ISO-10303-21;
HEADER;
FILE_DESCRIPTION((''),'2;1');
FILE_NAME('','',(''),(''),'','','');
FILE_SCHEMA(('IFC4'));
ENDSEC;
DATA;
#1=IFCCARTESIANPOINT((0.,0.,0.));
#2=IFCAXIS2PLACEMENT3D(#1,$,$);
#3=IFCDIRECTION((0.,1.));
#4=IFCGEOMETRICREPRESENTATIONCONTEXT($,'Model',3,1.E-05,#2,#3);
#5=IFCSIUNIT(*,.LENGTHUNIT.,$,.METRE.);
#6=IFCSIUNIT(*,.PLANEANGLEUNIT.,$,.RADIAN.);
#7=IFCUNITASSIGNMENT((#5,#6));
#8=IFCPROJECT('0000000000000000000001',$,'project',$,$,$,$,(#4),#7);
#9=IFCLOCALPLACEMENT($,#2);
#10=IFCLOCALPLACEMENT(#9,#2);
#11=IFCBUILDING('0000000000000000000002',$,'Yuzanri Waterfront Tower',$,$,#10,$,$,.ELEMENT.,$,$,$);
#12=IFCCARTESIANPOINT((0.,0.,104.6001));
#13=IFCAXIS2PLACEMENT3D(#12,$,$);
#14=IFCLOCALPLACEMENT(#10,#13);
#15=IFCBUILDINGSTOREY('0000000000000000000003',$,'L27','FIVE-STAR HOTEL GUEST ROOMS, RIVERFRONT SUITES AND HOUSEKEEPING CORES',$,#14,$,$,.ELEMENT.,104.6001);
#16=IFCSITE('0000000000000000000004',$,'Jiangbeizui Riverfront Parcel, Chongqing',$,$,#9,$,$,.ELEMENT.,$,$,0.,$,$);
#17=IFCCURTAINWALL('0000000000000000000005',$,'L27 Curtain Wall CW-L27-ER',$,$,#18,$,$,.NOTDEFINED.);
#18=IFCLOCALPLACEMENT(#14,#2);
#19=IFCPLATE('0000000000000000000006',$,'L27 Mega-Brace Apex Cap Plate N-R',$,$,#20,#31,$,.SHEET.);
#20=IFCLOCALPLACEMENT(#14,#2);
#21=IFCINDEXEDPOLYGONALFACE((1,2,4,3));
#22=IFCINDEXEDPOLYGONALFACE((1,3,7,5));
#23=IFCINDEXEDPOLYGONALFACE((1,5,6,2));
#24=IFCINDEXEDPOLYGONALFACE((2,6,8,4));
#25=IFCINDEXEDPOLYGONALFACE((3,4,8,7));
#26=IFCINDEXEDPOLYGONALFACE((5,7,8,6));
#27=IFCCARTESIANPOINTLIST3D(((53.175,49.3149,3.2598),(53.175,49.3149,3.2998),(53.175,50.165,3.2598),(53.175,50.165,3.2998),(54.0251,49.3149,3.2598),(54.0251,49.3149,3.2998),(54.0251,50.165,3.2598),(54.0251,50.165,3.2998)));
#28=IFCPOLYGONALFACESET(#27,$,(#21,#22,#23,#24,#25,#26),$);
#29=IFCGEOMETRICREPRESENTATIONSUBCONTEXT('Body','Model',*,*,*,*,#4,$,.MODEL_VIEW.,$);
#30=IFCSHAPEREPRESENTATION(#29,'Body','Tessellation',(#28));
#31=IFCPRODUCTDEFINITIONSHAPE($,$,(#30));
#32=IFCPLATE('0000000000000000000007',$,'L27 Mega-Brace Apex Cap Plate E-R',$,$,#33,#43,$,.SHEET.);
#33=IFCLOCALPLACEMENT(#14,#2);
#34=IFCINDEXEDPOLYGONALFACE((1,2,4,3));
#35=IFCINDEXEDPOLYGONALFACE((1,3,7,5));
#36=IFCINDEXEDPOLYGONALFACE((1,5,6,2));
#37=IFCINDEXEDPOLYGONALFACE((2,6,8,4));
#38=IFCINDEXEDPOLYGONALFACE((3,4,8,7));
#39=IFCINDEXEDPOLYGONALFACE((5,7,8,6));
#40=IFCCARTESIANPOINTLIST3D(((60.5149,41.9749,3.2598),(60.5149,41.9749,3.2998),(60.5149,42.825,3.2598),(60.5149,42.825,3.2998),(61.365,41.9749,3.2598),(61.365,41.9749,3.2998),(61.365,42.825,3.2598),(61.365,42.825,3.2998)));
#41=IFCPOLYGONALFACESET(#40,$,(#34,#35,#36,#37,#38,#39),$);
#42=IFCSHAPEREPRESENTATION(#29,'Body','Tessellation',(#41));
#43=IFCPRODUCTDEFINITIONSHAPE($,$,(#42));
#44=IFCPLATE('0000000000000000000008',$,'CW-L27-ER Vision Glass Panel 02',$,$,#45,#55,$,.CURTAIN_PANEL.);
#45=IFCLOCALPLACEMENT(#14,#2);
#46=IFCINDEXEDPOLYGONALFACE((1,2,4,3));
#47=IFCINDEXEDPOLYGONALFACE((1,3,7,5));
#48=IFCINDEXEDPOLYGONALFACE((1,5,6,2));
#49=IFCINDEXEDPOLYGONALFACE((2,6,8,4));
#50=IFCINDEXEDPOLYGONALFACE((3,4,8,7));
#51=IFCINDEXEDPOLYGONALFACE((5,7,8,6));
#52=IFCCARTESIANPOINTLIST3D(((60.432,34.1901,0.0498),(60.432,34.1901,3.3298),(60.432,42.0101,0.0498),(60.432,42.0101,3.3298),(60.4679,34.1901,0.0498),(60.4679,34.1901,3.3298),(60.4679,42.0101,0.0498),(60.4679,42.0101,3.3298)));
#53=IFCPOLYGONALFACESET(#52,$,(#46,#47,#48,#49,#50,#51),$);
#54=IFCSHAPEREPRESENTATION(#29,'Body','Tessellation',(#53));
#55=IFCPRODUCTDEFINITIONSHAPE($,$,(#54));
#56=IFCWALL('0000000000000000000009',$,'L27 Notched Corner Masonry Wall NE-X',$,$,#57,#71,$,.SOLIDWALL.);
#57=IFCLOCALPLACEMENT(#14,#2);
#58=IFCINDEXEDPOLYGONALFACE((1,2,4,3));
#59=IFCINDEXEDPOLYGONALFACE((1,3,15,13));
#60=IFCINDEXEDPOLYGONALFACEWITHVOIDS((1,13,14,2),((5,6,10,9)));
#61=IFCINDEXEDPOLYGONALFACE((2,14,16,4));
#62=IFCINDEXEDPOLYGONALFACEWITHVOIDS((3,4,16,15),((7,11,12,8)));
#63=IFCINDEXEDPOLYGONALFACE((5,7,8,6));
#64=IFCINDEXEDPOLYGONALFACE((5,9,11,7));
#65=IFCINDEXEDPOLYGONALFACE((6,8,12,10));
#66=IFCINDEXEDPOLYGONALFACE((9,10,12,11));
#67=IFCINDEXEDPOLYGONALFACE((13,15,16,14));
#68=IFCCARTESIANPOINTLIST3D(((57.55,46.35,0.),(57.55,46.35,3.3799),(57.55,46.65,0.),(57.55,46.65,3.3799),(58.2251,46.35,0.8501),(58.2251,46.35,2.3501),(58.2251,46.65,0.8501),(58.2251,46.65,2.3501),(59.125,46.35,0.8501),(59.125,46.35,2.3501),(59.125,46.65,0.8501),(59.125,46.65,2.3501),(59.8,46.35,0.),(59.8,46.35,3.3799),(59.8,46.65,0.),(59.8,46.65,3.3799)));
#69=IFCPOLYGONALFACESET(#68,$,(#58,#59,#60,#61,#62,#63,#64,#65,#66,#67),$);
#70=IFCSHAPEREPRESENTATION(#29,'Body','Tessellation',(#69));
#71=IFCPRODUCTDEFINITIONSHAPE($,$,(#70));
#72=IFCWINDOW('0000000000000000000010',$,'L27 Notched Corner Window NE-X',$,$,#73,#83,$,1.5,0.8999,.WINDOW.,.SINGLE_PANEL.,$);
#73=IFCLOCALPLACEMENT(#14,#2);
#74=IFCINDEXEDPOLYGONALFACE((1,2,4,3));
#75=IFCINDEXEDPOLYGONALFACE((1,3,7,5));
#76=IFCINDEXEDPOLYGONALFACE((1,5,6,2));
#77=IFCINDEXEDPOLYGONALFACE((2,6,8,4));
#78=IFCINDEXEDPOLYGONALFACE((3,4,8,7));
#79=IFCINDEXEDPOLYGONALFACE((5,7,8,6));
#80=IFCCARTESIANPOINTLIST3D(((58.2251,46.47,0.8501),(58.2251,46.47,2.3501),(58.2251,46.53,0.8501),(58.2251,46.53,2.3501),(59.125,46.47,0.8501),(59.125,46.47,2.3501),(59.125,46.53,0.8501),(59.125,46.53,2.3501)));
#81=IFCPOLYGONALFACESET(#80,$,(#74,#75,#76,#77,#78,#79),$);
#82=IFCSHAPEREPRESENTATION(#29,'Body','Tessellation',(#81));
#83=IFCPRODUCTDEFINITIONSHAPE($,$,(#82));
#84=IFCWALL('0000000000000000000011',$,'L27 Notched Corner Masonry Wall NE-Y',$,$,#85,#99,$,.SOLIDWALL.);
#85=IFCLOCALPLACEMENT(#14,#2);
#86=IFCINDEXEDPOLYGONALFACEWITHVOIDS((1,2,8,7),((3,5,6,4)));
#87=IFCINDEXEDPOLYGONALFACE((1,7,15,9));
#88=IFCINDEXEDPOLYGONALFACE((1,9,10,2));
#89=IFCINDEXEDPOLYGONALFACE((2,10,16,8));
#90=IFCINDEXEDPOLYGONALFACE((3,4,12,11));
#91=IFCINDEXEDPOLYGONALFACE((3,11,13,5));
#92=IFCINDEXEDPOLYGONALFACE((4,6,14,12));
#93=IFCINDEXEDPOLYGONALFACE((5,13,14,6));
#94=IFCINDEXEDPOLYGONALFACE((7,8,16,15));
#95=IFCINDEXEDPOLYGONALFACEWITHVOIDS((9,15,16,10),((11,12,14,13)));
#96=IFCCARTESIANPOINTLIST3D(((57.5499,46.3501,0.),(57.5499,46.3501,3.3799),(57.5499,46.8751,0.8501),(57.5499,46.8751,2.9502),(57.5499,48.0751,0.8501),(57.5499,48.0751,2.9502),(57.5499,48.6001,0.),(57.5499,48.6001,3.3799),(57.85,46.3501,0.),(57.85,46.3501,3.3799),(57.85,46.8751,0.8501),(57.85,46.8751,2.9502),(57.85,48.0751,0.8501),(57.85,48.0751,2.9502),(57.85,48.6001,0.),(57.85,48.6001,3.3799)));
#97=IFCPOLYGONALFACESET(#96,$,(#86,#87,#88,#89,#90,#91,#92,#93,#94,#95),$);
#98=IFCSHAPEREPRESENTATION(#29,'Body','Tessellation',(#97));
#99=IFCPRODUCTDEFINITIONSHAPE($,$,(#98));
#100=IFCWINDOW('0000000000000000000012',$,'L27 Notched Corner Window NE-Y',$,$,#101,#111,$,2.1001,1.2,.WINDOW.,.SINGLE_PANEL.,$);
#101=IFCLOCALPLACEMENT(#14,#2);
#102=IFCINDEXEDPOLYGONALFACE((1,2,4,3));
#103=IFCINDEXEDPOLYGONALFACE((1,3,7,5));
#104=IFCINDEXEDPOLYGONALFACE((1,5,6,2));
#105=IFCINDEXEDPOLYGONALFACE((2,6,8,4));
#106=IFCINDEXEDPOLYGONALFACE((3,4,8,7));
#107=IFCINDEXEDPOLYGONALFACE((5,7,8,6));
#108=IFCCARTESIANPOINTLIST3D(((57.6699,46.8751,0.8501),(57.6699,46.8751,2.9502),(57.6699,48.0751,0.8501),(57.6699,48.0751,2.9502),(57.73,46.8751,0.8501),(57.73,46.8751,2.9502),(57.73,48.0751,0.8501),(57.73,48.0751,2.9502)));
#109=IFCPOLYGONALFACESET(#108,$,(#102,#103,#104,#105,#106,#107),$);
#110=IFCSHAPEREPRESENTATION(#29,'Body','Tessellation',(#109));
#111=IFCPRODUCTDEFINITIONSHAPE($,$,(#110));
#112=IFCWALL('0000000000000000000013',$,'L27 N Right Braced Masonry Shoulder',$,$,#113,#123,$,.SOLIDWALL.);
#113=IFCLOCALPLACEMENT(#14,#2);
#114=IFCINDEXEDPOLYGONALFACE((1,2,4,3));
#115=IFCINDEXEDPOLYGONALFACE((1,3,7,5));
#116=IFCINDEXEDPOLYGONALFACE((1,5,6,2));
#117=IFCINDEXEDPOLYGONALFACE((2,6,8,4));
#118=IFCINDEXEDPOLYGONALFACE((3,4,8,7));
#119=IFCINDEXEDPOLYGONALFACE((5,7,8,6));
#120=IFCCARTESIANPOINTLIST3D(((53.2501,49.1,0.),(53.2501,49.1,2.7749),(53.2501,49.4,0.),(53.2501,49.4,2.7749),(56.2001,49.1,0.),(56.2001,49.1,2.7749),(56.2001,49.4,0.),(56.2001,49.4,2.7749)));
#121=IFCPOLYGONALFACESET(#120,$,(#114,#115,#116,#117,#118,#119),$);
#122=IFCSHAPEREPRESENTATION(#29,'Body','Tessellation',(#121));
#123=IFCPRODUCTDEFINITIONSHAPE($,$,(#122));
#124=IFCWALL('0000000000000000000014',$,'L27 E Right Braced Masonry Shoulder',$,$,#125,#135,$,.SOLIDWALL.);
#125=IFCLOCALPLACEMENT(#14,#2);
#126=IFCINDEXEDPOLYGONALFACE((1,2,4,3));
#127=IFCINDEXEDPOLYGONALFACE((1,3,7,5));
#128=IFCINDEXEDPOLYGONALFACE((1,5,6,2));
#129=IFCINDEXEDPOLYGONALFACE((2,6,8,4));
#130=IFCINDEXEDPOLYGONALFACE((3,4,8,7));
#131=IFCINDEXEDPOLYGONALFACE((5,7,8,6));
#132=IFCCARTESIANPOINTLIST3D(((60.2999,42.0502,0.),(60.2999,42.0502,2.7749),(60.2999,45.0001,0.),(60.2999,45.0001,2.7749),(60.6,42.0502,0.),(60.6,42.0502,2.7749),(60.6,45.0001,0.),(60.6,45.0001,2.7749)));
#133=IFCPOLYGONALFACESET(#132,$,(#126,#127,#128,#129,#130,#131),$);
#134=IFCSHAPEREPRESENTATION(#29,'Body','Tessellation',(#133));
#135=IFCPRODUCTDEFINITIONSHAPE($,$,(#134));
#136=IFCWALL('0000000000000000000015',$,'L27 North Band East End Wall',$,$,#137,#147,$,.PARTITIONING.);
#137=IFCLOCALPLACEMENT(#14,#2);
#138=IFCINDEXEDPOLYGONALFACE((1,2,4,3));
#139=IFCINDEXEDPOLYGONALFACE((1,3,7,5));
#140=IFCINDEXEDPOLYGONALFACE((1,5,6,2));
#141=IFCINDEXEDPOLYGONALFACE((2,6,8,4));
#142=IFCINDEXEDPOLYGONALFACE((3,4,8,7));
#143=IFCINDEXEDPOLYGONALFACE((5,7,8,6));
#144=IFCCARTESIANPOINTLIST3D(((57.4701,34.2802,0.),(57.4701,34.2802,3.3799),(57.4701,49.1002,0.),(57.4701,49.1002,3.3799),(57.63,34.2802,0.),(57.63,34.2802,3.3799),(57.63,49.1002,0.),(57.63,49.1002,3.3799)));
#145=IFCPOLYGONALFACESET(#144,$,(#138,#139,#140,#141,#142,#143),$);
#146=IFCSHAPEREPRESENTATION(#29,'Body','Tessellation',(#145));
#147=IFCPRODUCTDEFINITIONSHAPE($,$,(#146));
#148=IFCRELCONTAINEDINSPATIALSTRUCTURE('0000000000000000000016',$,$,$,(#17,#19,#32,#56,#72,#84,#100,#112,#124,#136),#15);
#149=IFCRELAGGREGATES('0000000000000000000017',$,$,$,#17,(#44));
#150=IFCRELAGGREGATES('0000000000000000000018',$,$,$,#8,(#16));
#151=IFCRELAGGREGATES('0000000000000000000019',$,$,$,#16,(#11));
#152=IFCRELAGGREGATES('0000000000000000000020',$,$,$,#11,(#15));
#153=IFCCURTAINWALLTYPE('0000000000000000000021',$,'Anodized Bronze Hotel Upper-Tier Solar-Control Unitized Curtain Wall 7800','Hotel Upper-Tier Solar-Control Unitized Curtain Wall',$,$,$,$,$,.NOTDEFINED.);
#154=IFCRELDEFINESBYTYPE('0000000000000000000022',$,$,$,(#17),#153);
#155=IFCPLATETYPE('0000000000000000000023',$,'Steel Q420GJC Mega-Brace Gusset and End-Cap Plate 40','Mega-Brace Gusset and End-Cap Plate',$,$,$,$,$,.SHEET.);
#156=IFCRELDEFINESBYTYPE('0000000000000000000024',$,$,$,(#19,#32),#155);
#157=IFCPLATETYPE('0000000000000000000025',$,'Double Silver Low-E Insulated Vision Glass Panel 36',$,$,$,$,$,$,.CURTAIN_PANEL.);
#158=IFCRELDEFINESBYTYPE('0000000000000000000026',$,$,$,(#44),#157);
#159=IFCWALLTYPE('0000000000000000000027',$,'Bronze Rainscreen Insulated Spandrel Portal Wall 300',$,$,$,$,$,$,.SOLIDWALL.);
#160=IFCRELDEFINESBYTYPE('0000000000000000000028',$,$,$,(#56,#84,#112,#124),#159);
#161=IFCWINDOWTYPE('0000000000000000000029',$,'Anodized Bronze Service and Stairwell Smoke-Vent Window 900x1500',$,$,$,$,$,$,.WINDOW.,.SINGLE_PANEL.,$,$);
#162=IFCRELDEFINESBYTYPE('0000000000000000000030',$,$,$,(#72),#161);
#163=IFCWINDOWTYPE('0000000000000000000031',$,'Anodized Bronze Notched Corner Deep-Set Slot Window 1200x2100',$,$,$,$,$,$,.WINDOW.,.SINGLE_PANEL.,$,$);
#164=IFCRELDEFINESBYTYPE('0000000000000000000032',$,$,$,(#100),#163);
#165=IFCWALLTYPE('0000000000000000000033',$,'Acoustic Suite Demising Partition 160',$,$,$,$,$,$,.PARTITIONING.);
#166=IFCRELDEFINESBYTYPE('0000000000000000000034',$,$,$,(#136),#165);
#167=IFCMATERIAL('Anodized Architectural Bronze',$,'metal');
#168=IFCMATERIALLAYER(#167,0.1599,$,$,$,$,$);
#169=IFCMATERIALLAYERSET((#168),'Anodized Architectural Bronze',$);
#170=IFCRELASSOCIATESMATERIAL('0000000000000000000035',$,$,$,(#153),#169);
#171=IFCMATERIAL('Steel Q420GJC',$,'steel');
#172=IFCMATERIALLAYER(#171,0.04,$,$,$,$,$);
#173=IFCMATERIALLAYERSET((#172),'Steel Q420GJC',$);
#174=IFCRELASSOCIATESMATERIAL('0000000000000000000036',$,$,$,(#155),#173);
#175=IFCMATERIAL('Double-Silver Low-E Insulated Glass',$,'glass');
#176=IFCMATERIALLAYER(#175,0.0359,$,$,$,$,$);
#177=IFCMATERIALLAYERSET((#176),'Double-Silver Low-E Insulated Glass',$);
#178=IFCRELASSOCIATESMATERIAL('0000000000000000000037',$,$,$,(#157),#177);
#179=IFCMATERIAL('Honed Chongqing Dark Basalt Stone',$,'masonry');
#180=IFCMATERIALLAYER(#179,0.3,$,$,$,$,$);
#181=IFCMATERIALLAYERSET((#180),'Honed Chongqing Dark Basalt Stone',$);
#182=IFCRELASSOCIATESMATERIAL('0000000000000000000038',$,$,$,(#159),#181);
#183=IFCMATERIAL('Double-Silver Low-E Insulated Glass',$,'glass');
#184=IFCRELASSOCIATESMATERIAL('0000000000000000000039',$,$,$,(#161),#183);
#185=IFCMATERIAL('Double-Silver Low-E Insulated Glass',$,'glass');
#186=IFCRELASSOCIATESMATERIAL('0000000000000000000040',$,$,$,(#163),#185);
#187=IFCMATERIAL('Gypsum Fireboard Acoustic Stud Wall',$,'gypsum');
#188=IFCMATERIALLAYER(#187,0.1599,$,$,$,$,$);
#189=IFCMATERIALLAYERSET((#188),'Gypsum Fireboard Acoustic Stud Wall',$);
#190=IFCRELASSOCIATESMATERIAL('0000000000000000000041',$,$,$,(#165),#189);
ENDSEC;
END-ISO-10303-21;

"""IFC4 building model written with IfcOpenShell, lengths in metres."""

from ifc_helpers import new_model, si_unit, direction, frame, frame_2d, origin, origin_2d, place, context, subcontext, project, spatial, rectangle, extrude, source, transform, mapped, material, layer, layer_set, type_object, element, fill, aggregate, save


model = new_model("IFC4")

# Units and contexts
model_context = context("Model", 3, precision=1e-05, world=origin(), true_north=direction((0.0, 1.0)))
body_context = subcontext(model_context, "Body", "Model", "MODEL_VIEW")
ifc_project = project(units=[si_unit("LENGTHUNIT", "METRE"), si_unit("PLANEANGLEUNIT", "RADIAN")], contexts=[model_context])

# Site, building, storey
site_placement = place(None, origin())
site = spatial("IfcSite", under=ifc_project, at=site_placement, Name="Jiangbeizui Riverfront Parcel, Chongqing", CompositionType="ELEMENT", RefElevation=0.0)
building_placement = place(site_placement, origin())
building = spatial("IfcBuilding", under=site, at=building_placement, Name="Yuzanri Waterfront Tower", CompositionType="ELEMENT")
storey_placement = place(building_placement, frame((0.0, 0.0, 104.6001)))
storey = spatial("IfcBuildingStorey", under=building, at=storey_placement, Name="L27", Description="FIVE-STAR HOTEL GUEST ROOMS, RIVERFRONT SUITES AND HOUSEKEEPING CORES", CompositionType="ELEMENT", Elevation=104.6001)

# Curtain wall
ifc_material_1 = material(Name="Anodized Architectural Bronze", Category="metal")
ifc_layer_1 = layer(ifc_material_1, 0.1599)
ifc_layer_set_1 = layer_set([ifc_layer_1], Name="Anodized Architectural Bronze")
curtain_wall_type = type_object("IfcCurtainWallType", Name="Anodized Bronze Hotel Upper-Tier Solar-Control Unitized Curtain Wall 7800", Description="Hotel Upper-Tier Solar-Control Unitized Curtain Wall", PredefinedType="NOTDEFINED", material=ifc_layer_set_1)
curtain_wall_1_placement = place(storey_placement, origin())
curtain_wall_1 = element("IfcCurtainWall", 1, at=curtain_wall_1_placement, inside=storey, type_object=curtain_wall_type, Name="L27 Curtain Wall CW-L27-ER", PredefinedType="NOTDEFINED")

# Plates
ifc_material_2 = material(Name="Steel Q420GJC", Category="steel")
ifc_layer_2 = layer(ifc_material_2, 0.04)
ifc_layer_set_2 = layer_set([ifc_layer_2], Name="Steel Q420GJC")
plate_type_1 = type_object("IfcPlateType", Name="Steel Q420GJC Mega-Brace Gusset and End-Cap Plate 40", Description="Mega-Brace Gusset and End-Cap Plate", PredefinedType="SHEET", material=ifc_layer_set_2)
shared_shape_1 = source(origin(), body_context, "Body", "SweptSolid", [
    extrude(rectangle(XDim=0.8501, YDim=0.8501, at=origin_2d()), origin(), (0.0, 0.0, 1.0), 0.04),
])
for number, where, z_axis, x_axis, name in (
    (2, (53.6001, 49.74, 3.2598), (0.0, 0.0, 1.0), (1.0, 0.0, 0.0), "L27 Mega-Brace Apex Cap Plate N-R"),
    (3, (60.9399, 42.3999, 3.2598), (0.0, 0.0, 1.0), (1.0, 0.0, 0.0), "L27 Mega-Brace Apex Cap Plate E-R"),
):
    element("IfcPlate", number, at=place(storey_placement, frame(where, z_axis=z_axis, x_axis=x_axis)), inside=storey, type_object=plate_type_1, Name=name, PredefinedType="SHEET", context=body_context, shape_type="MappedRepresentation", body=[
        mapped(shared_shape_1, transform((0.0, 0.0, 0.0), scale=1.0)),
    ])

# Plate
ifc_material_3 = material(Name="Double-Silver Low-E Insulated Glass", Category="glass")
ifc_layer_3 = layer(ifc_material_3, 0.0359)
ifc_layer_set_3 = layer_set([ifc_layer_3], Name="Double-Silver Low-E Insulated Glass")
plate_type_2 = type_object("IfcPlateType", Name="Double Silver Low-E Insulated Vision Glass Panel 36", PredefinedType="CURTAIN_PANEL", material=ifc_layer_set_3)
shared_shape_2 = source(origin(), body_context, "Body", "SweptSolid", [
    extrude(rectangle(XDim=7.8201, YDim=0.0359, at=origin_2d()), origin(), (0.0, 0.0, 1.0), 3.28),
])
plate_placement = place(storey_placement, frame((60.45, 38.1001, 0.0498), z_axis=(0.0, 0.0, 1.0), x_axis=(0.0, 1.0, 0.0)))
plate = element("IfcPlate", 4, at=plate_placement, type_object=plate_type_2, Name="CW-L27-ER Vision Glass Panel 02", PredefinedType="CURTAIN_PANEL", context=body_context, shape_type="MappedRepresentation", body=[
    mapped(shared_shape_2, transform((0.0, 0.0, 0.0), scale=1.0)),
])
aggregate(curtain_wall_1, [plate])

# Walls, openings, windows
ifc_material_4 = material(Name="Honed Chongqing Dark Basalt Stone", Category="masonry")
ifc_layer_4 = layer(ifc_material_4, 0.3)
ifc_layer_set_4 = layer_set([ifc_layer_4], Name="Honed Chongqing Dark Basalt Stone")
wall_type_1 = type_object("IfcWallType", Name="Bronze Rainscreen Insulated Spandrel Portal Wall 300", PredefinedType="SOLIDWALL", material=ifc_layer_set_4)
wall_1_placement = place(storey_placement, frame((59.8, 46.5, 0.0), z_axis=(0.0, 0.0, 1.0), x_axis=(-1.0, 0.0, 0.0)))
wall_1 = element("IfcWall", 5, at=wall_1_placement, inside=storey, type_object=wall_type_1, Name="L27 Notched Corner Masonry Wall NE-X", PredefinedType="SOLIDWALL", context=body_context, shape_type="SweptSolid", body=[
    extrude(rectangle(XDim=2.25, YDim=0.3, at=frame_2d((1.125, 0.0))), origin(), (0.0, 0.0, 1.0), 3.3799),
])
opening_1_placement = place(wall_1_placement, frame((0.675, 0.0, 0.8501)))
opening_1 = element("IfcOpeningElement", 6, at=opening_1_placement, cuts=wall_1, PredefinedType="OPENING", context=body_context, shape_type="SweptSolid", body=[
    extrude(rectangle(XDim=0.8999, YDim=1.5, at=frame_2d((0.45, 0.75))), frame((0.0, 0.165, 0.0), z_axis=(0.0, -1.0, 0.0), x_axis=(1.0, 0.0, 0.0)), (0.0, 0.0, 1.0), 0.3298),
])
ifc_material_5 = material(Name="Double-Silver Low-E Insulated Glass", Category="glass")
window_type_1 = type_object("IfcWindowType", Name="Anodized Bronze Service and Stairwell Smoke-Vent Window 900x1500", PartitioningType="SINGLE_PANEL", PredefinedType="WINDOW", material=ifc_material_5)
shared_shape_3 = source(origin(), body_context, "Body", "SweptSolid", [
    extrude(rectangle(XDim=0.8999, YDim=1.5, at=frame_2d((0.45, 0.75))), frame((0.0, 0.03, 0.0), z_axis=(0.0, -1.0, 0.0), x_axis=(1.0, 0.0, 0.0)), (0.0, 0.0, 1.0), 0.0601),
])
window_1_placement = place(opening_1_placement, origin())
window_1 = element("IfcWindow", 7, at=window_1_placement, inside=storey, type_object=window_type_1, Name="L27 Notched Corner Window NE-X", OverallHeight=1.5, OverallWidth=0.8999, PartitioningType="SINGLE_PANEL", PredefinedType="WINDOW", context=body_context, shape_type="MappedRepresentation", body=[
    mapped(shared_shape_3, transform((0.0, 0.0, 0.0), scale=1.0)),
])
fill(opening_1, window_1)
wall_2_placement = place(storey_placement, frame((57.7, 46.3501, 0.0), z_axis=(0.0, 0.0, 1.0), x_axis=(0.0, 1.0, 0.0)))
wall_2 = element("IfcWall", 8, at=wall_2_placement, inside=storey, type_object=wall_type_1, Name="L27 Notched Corner Masonry Wall NE-Y", PredefinedType="SOLIDWALL", context=body_context, shape_type="SweptSolid", body=[
    extrude(rectangle(XDim=2.25, YDim=0.3, at=frame_2d((1.125, 0.0))), origin(), (0.0, 0.0, 1.0), 3.3799),
])
opening_2_placement = place(wall_2_placement, frame((0.5249, 0.0, 0.8501)))
opening_2 = element("IfcOpeningElement", 9, at=opening_2_placement, cuts=wall_2, PredefinedType="OPENING", context=body_context, shape_type="SweptSolid", body=[
    extrude(rectangle(XDim=1.2, YDim=2.1001, at=frame_2d((0.6001, 1.05))), frame((0.0, 0.165, 0.0), z_axis=(0.0, -1.0, 0.0), x_axis=(1.0, 0.0, 0.0)), (0.0, 0.0, 1.0), 0.3298),
])
ifc_material_6 = material(Name="Double-Silver Low-E Insulated Glass", Category="glass")
window_type_2 = type_object("IfcWindowType", Name="Anodized Bronze Notched Corner Deep-Set Slot Window 1200x2100", PartitioningType="SINGLE_PANEL", PredefinedType="WINDOW", material=ifc_material_6)
shared_shape_4 = source(origin(), body_context, "Body", "SweptSolid", [
    extrude(rectangle(XDim=1.2, YDim=2.1001, at=frame_2d((0.6001, 1.05))), frame((0.0, 0.03, 0.0), z_axis=(0.0, -1.0, 0.0), x_axis=(1.0, 0.0, 0.0)), (0.0, 0.0, 1.0), 0.0601),
])
window_2_placement = place(opening_2_placement, origin())
window_2 = element("IfcWindow", 10, at=window_2_placement, inside=storey, type_object=window_type_2, Name="L27 Notched Corner Window NE-Y", OverallHeight=2.1001, OverallWidth=1.2, PartitioningType="SINGLE_PANEL", PredefinedType="WINDOW", context=body_context, shape_type="MappedRepresentation", body=[
    mapped(shared_shape_4, transform((0.0, 0.0, 0.0), scale=1.0)),
])
fill(opening_2, window_2)

# Walls
shared_shape_5 = source(origin(), body_context, "Body", "SweptSolid", [
    extrude(rectangle(XDim=2.95, YDim=0.3, at=frame_2d((1.4751, 0.0))), origin(), (0.0, 0.0, 1.0), 2.7749),
])
for number, where, z_axis, x_axis, name in (
    (11, (53.25, 49.25, 0.0), (0.0, 0.0, 1.0), (1.0, 0.0, 0.0), "L27 N Right Braced Masonry Shoulder"),
    (12, (60.45, 42.05, 0.0), (0.0, 0.0, 1.0), (0.0, 1.0, 0.0), "L27 E Right Braced Masonry Shoulder"),
):
    element("IfcWall", number, at=place(storey_placement, frame(where, z_axis=z_axis, x_axis=x_axis)), inside=storey, type_object=wall_type_1, Name=name, PredefinedType="SOLIDWALL", context=body_context, shape_type="MappedRepresentation", body=[
        mapped(shared_shape_5, transform((0.0, 0.0, 0.0), scale=1.0)),
    ])
ifc_material_7 = material(Name="Gypsum Fireboard Acoustic Stud Wall", Category="gypsum")
ifc_layer_5 = layer(ifc_material_7, 0.1599)
ifc_layer_set_5 = layer_set([ifc_layer_5], Name="Gypsum Fireboard Acoustic Stud Wall")
wall_type_2 = type_object("IfcWallType", Name="Acoustic Suite Demising Partition 160", PredefinedType="PARTITIONING", material=ifc_layer_set_5)
shared_shape_6 = source(origin(), body_context, "Body", "SweptSolid", [
    extrude(rectangle(XDim=14.8201, YDim=0.1599, at=frame_2d((7.4102, 0.0))), origin(), (0.0, 0.0, 1.0), 3.3799),
])
wall_3_placement = place(storey_placement, frame((57.55, 34.28, 0.0), z_axis=(0.0, 0.0, 1.0), x_axis=(0.0, 1.0, 0.0)))
element("IfcWall", 13, at=wall_3_placement, inside=storey, type_object=wall_type_2, Name="L27 North Band East End Wall", PredefinedType="PARTITIONING", context=body_context, shape_type="MappedRepresentation", body=[
    mapped(shared_shape_6, transform((0.0, 0.0, 0.0), scale=1.0)),
])

save(model, "model.ifc")
